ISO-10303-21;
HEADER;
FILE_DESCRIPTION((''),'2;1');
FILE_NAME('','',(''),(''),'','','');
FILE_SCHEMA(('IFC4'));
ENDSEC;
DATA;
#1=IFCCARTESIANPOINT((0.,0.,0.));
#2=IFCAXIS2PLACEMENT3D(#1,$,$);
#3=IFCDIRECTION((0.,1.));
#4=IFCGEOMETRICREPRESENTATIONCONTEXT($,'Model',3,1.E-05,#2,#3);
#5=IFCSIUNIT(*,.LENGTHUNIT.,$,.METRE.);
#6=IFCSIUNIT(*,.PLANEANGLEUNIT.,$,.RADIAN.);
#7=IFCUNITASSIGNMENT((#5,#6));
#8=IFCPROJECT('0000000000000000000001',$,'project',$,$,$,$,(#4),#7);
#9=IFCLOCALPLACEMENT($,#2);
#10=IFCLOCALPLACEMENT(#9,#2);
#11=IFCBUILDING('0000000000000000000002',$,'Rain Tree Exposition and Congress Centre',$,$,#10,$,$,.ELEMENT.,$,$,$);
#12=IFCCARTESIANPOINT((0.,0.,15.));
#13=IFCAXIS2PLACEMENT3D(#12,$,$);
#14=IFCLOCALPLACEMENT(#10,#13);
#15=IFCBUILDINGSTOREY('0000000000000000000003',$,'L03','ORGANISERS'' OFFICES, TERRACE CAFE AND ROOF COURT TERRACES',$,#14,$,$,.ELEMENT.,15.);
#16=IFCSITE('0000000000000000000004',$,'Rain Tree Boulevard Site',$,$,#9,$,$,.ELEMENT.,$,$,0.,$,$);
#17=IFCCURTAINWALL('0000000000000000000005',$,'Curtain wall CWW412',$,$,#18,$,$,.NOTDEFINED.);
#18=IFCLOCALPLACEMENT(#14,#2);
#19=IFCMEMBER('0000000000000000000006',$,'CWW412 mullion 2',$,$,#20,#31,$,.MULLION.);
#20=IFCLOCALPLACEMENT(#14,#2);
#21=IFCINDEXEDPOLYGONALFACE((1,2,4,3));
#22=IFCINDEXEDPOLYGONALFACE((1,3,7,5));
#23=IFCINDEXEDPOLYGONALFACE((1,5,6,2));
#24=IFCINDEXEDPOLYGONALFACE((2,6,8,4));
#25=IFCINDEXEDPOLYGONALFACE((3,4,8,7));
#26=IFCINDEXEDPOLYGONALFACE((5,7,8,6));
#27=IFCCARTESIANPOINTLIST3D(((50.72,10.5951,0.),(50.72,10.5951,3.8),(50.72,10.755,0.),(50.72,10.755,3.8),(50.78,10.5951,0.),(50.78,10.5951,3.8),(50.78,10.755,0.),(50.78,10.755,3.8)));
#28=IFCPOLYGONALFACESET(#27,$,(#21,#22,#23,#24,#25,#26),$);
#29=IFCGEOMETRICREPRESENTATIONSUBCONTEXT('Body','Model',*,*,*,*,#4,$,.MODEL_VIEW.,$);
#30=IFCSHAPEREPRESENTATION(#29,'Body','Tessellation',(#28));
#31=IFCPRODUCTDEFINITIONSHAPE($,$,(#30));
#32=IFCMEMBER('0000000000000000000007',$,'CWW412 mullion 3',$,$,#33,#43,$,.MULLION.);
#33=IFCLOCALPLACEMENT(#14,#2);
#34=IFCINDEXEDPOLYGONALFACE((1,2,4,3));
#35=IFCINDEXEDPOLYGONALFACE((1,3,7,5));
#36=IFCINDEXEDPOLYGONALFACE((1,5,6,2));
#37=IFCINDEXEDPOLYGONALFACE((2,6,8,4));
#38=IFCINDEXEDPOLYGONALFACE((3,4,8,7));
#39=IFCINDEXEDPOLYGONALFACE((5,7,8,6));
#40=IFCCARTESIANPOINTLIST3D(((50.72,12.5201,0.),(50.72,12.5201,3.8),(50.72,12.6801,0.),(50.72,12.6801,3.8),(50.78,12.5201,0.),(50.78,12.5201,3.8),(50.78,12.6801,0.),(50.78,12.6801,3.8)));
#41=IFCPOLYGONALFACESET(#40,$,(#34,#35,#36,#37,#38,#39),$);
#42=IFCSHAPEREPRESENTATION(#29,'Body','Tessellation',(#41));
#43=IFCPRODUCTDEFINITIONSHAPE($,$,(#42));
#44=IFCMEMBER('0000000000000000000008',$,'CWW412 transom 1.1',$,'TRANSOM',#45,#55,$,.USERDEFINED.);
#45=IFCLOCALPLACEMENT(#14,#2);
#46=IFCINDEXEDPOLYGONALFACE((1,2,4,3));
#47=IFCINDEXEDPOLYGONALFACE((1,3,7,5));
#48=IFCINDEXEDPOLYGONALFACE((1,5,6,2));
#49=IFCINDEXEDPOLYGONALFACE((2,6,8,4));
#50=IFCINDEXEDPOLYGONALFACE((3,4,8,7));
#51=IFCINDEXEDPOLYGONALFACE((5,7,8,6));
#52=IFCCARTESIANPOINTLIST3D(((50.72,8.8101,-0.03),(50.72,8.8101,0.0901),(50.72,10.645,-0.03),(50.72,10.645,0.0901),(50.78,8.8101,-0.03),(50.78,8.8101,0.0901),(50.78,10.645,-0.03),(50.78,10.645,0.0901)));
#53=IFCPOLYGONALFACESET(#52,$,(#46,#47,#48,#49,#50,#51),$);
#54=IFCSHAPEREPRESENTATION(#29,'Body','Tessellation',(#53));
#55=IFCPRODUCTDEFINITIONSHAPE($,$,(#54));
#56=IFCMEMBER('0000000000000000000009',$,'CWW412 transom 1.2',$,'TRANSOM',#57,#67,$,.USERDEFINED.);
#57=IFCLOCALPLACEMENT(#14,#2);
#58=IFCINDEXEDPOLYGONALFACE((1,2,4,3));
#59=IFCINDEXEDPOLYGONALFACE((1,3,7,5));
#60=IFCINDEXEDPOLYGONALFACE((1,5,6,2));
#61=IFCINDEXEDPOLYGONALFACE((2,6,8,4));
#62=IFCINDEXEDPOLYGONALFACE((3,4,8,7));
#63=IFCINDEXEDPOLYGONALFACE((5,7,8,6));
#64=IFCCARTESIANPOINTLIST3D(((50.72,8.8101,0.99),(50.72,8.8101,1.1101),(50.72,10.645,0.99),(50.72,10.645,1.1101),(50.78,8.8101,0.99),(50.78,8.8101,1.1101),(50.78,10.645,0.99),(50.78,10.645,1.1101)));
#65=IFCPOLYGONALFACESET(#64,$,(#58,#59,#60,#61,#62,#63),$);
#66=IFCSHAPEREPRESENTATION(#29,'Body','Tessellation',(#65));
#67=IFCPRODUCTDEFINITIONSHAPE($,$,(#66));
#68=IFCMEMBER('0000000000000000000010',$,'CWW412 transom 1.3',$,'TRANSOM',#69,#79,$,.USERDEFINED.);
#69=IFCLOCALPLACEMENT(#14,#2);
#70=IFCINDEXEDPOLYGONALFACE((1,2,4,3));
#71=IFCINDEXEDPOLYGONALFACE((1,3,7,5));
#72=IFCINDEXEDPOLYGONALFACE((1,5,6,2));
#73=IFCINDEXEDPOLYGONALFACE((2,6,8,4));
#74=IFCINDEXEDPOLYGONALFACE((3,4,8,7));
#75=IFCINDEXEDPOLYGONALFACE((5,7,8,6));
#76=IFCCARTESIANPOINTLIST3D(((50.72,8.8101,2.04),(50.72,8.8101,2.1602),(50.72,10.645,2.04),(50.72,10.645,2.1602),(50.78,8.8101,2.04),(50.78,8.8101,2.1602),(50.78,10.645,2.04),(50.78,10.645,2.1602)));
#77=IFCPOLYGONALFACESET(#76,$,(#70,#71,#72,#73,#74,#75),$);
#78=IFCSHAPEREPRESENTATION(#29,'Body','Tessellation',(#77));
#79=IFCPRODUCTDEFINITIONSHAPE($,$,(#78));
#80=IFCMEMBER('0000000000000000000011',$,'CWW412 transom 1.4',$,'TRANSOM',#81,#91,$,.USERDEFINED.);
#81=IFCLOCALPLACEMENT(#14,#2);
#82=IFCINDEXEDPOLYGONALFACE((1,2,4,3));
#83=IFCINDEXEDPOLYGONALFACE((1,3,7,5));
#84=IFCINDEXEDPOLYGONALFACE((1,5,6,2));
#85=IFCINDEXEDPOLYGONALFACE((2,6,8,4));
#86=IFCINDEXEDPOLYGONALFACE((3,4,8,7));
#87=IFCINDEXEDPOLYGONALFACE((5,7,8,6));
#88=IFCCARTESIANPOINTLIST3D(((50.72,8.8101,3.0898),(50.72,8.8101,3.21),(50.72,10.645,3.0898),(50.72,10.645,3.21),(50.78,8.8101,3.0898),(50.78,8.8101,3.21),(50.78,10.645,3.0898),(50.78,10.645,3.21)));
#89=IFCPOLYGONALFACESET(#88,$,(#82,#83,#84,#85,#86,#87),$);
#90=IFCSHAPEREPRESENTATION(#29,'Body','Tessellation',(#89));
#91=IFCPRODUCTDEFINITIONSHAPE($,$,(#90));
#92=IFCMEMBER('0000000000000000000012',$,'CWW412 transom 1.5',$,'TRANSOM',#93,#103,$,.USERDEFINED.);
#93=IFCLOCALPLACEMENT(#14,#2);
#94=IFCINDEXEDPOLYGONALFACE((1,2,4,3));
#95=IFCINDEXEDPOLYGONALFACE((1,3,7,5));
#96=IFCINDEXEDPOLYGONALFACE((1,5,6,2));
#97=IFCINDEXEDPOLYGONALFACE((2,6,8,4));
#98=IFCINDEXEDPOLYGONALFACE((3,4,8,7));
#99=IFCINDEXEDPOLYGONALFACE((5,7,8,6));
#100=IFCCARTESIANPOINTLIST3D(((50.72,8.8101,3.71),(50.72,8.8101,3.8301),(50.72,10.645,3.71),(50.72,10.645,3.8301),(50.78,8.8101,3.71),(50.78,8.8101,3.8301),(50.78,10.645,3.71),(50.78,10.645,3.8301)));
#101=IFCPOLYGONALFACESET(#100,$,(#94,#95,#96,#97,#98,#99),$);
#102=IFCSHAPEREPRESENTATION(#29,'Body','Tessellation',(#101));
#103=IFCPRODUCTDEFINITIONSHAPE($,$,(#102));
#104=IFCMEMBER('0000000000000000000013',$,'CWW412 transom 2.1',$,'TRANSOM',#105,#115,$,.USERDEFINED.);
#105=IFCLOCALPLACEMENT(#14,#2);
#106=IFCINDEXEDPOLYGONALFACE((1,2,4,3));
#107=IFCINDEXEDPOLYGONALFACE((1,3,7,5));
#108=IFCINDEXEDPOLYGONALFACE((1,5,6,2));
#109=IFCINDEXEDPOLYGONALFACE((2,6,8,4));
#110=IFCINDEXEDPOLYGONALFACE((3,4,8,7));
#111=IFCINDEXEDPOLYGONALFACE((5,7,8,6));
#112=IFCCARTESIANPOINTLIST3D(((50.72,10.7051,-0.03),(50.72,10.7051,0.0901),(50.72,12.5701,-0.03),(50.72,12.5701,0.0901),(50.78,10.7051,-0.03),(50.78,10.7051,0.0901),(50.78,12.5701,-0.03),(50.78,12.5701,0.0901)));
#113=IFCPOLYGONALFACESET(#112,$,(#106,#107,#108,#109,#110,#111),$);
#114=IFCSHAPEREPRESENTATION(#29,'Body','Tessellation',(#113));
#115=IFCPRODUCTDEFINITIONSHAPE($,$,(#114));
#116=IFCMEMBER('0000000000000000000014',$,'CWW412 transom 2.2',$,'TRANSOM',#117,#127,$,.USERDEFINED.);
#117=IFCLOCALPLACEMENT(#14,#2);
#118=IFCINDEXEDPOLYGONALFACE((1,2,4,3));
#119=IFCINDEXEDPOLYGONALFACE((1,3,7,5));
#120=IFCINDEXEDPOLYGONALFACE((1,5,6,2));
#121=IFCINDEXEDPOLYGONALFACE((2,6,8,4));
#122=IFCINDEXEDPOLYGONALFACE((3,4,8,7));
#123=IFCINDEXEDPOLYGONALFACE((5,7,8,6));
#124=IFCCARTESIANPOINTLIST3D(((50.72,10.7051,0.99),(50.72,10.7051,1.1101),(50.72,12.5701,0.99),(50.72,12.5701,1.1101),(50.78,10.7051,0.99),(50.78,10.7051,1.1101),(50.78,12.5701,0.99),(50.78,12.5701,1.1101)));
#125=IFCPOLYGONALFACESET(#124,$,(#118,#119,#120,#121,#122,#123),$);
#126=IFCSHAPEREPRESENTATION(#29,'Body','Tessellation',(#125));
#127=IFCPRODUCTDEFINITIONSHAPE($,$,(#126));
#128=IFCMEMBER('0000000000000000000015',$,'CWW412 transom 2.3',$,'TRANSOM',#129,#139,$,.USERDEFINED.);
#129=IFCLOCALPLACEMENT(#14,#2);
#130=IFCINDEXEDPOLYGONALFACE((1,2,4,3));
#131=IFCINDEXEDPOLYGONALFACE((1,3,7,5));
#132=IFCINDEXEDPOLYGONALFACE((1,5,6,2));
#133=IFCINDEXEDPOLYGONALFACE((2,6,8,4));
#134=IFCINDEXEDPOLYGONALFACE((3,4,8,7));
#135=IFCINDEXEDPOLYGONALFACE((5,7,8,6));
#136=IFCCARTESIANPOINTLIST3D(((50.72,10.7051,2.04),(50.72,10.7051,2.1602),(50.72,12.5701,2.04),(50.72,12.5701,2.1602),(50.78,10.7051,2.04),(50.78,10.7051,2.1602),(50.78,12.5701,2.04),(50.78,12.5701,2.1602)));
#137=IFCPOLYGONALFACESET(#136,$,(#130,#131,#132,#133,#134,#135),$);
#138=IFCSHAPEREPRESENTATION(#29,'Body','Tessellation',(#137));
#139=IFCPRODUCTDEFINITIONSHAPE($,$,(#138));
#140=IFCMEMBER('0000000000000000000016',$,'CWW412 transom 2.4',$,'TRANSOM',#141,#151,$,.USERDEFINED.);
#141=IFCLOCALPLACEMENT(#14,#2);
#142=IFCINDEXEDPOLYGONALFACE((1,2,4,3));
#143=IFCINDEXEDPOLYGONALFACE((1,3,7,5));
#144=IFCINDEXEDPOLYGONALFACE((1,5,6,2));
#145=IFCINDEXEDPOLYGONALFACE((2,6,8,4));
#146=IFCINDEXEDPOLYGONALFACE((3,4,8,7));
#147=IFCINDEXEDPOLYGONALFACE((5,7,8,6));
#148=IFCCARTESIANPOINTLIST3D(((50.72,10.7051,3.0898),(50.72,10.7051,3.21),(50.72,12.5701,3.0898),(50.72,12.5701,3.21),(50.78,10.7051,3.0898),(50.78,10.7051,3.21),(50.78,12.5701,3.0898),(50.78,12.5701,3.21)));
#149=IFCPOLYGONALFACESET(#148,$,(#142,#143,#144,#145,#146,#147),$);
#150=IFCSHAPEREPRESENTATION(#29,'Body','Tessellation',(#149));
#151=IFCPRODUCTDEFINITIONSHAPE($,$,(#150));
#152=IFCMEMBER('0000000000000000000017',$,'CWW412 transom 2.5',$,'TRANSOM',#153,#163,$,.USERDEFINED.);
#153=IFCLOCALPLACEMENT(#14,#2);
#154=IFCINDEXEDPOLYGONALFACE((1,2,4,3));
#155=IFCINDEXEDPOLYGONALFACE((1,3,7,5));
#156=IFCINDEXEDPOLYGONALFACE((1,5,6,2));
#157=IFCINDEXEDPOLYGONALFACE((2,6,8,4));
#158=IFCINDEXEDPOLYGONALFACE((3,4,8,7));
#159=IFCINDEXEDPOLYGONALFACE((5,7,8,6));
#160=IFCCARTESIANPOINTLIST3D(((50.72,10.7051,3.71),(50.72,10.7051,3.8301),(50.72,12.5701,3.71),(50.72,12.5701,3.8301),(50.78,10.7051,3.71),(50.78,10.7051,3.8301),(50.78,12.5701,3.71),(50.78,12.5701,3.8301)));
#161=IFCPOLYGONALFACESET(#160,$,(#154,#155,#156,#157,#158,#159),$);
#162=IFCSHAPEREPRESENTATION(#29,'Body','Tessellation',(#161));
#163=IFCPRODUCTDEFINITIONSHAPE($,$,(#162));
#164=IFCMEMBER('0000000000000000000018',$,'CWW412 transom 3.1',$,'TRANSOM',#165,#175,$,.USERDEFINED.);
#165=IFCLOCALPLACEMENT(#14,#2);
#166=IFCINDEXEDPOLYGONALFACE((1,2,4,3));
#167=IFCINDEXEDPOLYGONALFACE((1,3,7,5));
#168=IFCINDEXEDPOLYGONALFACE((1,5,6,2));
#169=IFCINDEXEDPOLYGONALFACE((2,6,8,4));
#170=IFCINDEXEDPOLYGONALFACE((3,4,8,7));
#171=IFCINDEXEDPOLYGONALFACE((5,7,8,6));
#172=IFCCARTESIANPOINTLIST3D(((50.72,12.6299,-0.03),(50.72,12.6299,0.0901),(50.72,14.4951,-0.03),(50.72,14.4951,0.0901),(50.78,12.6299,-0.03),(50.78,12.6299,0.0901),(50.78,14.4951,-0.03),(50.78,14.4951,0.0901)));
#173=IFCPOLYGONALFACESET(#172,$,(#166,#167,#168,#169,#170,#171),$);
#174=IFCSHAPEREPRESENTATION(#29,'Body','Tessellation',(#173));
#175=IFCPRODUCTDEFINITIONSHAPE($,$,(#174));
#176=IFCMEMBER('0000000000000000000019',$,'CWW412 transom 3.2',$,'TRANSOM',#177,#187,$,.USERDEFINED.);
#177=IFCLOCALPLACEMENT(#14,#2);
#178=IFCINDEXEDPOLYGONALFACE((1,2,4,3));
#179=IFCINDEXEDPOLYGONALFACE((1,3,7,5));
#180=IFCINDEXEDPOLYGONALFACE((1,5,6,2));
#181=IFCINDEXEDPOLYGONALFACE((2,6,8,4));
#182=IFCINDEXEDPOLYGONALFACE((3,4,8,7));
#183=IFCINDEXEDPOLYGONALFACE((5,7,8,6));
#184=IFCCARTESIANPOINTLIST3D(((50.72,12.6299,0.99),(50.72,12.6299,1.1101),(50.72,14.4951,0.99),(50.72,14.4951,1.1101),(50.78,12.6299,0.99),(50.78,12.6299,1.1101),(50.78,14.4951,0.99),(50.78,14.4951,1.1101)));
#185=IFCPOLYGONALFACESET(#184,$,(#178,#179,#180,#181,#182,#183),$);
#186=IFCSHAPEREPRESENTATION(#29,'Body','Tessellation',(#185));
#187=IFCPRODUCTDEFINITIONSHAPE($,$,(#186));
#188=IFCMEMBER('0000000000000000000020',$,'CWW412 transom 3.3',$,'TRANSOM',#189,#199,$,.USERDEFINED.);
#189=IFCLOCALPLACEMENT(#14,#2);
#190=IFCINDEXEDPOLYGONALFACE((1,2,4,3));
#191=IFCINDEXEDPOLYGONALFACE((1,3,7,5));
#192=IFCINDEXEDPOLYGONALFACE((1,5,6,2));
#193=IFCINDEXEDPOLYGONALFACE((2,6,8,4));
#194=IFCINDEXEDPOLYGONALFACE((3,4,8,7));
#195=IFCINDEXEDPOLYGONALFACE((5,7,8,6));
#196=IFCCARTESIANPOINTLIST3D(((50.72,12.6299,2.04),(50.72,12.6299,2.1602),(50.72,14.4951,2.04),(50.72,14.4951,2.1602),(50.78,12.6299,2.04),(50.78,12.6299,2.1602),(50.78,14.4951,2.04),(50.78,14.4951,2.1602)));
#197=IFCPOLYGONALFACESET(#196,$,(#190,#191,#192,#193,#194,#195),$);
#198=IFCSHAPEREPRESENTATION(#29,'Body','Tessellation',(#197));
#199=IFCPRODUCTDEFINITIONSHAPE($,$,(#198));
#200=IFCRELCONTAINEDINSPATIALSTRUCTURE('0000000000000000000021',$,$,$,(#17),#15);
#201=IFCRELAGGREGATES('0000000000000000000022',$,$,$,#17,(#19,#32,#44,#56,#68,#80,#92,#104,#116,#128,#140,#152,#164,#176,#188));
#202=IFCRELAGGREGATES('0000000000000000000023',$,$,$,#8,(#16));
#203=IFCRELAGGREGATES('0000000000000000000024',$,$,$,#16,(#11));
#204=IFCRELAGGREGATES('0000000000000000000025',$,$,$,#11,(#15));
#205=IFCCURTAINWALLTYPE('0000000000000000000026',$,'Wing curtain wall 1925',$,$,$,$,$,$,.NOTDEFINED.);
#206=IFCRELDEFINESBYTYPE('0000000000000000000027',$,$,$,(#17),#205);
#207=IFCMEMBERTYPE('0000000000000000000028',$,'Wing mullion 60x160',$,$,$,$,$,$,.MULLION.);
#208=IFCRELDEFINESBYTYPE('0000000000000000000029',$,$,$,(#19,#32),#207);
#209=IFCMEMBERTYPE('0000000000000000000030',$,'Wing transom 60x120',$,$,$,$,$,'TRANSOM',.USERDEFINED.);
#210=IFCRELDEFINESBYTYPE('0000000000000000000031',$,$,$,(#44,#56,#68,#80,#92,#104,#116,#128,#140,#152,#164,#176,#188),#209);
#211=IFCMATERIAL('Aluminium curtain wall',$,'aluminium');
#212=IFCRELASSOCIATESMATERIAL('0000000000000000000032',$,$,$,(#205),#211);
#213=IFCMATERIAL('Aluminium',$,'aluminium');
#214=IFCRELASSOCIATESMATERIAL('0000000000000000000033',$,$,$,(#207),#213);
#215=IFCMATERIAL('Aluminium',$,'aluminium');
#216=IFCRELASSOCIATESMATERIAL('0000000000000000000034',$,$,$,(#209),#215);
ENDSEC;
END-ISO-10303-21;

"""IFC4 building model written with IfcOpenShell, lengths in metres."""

from ifc_helpers import new_model, si_unit, direction, frame, origin, origin_2d, place, context, subcontext, project, spatial, rectangle, extrude, material, material_profile, profile_set, type_object, element, aggregate, save


model = new_model("IFC4")

# Units and contexts
model_context = context("Model", 3, precision=1e-05, world=origin(), true_north=direction((0.0, 1.0)))
body_context = subcontext(model_context, "Body", "Model", "MODEL_VIEW")
ifc_project = project(units=[si_unit("LENGTHUNIT", "METRE"), si_unit("PLANEANGLEUNIT", "RADIAN")], contexts=[model_context])

# Site, building, storey
site_placement = place(None, origin())
site = spatial("IfcSite", under=ifc_project, at=site_placement, Name="Rain Tree Boulevard Site", CompositionType="ELEMENT", RefElevation=0.0)
building_placement = place(site_placement, origin())
building = spatial("IfcBuilding", under=site, at=building_placement, Name="Rain Tree Exposition and Congress Centre", CompositionType="ELEMENT")
storey_placement = place(building_placement, frame((0.0, 0.0, 15.0)))
storey = spatial("IfcBuildingStorey", under=building, at=storey_placement, Name="L03", Description="ORGANISERS' OFFICES, TERRACE CAFE AND ROOF COURT TERRACES", CompositionType="ELEMENT", Elevation=15.0)

# Curtain wall, members
ifc_material_1 = material(Name="Aluminium curtain wall", Category="aluminium")
curtain_wall_type = type_object("IfcCurtainWallType", Name="Wing curtain wall 1925", PredefinedType="NOTDEFINED", material=ifc_material_1)
curtain_wall_placement = place(storey_placement, origin())
curtain_wall = element("IfcCurtainWall", 1, at=curtain_wall_placement, inside=storey, type_object=curtain_wall_type, Name="Curtain wall CWW412", PredefinedType="NOTDEFINED")
ifc_material_2 = material(Name="Aluminium", Category="aluminium")
ifc_material_profile_1 = material_profile(ifc_material_2, rectangle(XDim=0.0601, YDim=0.1599, at=origin_2d()), Name="Aluminium 60x160")
ifc_profile_set_1 = profile_set([ifc_material_profile_1], Name="Aluminium")
member_type_1 = type_object("IfcMemberType", Name="Wing mullion 60x160", PredefinedType="MULLION", material=ifc_profile_set_1)
member_1_placement = place(storey_placement, frame((50.75, 10.675, 0.0), z_axis=(0.0, 0.0, 1.0), x_axis=(-1.0, 0.0, 0.0)))
member_1 = element("IfcMember", 2, at=member_1_placement, type_object=member_type_1, Name="CWW412 mullion 2", PredefinedType="MULLION", context=body_context, shape_type="SweptSolid", body=[
    extrude(rectangle(XDim=0.0601, YDim=0.1599, at=origin_2d()), origin(), (0.0, 0.0, 1.0), 3.8),
])
member_2_placement = place(storey_placement, frame((50.75, 12.6001, 0.0), z_axis=(0.0, 0.0, 1.0), x_axis=(-1.0, 0.0, 0.0)))
member_2 = element("IfcMember", 3, at=member_2_placement, type_object=member_type_1, Name="CWW412 mullion 3", PredefinedType="MULLION", context=body_context, shape_type="SweptSolid", body=[
    extrude(rectangle(XDim=0.0601, YDim=0.1599, at=origin_2d()), origin(), (0.0, 0.0, 1.0), 3.8),
])
ifc_material_3 = material(Name="Aluminium", Category="aluminium")
ifc_material_profile_2 = material_profile(ifc_material_3, rectangle(XDim=0.0601, YDim=0.1201, at=origin_2d()), Name="Aluminium 60x120")
ifc_profile_set_2 = profile_set([ifc_material_profile_2], Name="Aluminium")
member_type_2 = type_object("IfcMemberType", Name="Wing transom 60x120", ElementType="TRANSOM", PredefinedType="USERDEFINED", material=ifc_profile_set_2)
member_3_placement = place(storey_placement, frame((50.75, 8.8101, 0.03), z_axis=(0.0, 1.0, 0.0), x_axis=(-1.0, 0.0, 0.0)))
member_3 = element("IfcMember", 4, at=member_3_placement, type_object=member_type_2, Name="CWW412 transom 1.1", ObjectType="TRANSOM", PredefinedType="USERDEFINED", context=body_context, shape_type="SweptSolid", body=[
    extrude(rectangle(XDim=0.0601, YDim=0.1201, at=origin_2d()), origin(), (0.0, 0.0, 1.0), 1.835),
])
member_4_placement = place(storey_placement, frame((50.75, 8.8101, 1.05), z_axis=(0.0, 1.0, 0.0), x_axis=(-1.0, 0.0, 0.0)))
member_4 = element("IfcMember", 5, at=member_4_placement, type_object=member_type_2, Name="CWW412 transom 1.2", ObjectType="TRANSOM", PredefinedType="USERDEFINED", context=body_context, shape_type="SweptSolid", body=[
    extrude(rectangle(XDim=0.0601, YDim=0.1201, at=origin_2d()), origin(), (0.0, 0.0, 1.0), 1.835),
])
member_5_placement = place(storey_placement, frame((50.75, 8.8101, 2.1001), z_axis=(0.0, 1.0, 0.0), x_axis=(-1.0, 0.0, 0.0)))
member_5 = element("IfcMember", 6, at=member_5_placement, type_object=member_type_2, Name="CWW412 transom 1.3", ObjectType="TRANSOM", PredefinedType="USERDEFINED", context=body_context, shape_type="SweptSolid", body=[
    extrude(rectangle(XDim=0.0601, YDim=0.1201, at=origin_2d()), origin(), (0.0, 0.0, 1.0), 1.835),
])
member_6_placement = place(storey_placement, frame((50.75, 8.8101, 3.1499), z_axis=(0.0, 1.0, 0.0), x_axis=(-1.0, 0.0, 0.0)))
member_6 = element("IfcMember", 7, at=member_6_placement, type_object=member_type_2, Name="CWW412 transom 1.4", ObjectType="TRANSOM", PredefinedType="USERDEFINED", context=body_context, shape_type="SweptSolid", body=[
    extrude(rectangle(XDim=0.0601, YDim=0.1201, at=origin_2d()), origin(), (0.0, 0.0, 1.0), 1.835),
])
member_7_placement = place(storey_placement, frame((50.75, 8.8101, 3.77), z_axis=(0.0, 1.0, 0.0), x_axis=(-1.0, 0.0, 0.0)))
member_7 = element("IfcMember", 8, at=member_7_placement, type_object=member_type_2, Name="CWW412 transom 1.5", ObjectType="TRANSOM", PredefinedType="USERDEFINED", context=body_context, shape_type="SweptSolid", body=[
    extrude(rectangle(XDim=0.0601, YDim=0.1201, at=origin_2d()), origin(), (0.0, 0.0, 1.0), 1.835),
])
member_8_placement = place(storey_placement, frame((50.75, 10.7051, 0.03), z_axis=(0.0, 1.0, 0.0), x_axis=(-1.0, 0.0, 0.0)))
member_8 = element("IfcMember", 9, at=member_8_placement, type_object=member_type_2, Name="CWW412 transom 2.1", ObjectType="TRANSOM", PredefinedType="USERDEFINED", context=body_context, shape_type="SweptSolid", body=[
    extrude(rectangle(XDim=0.0601, YDim=0.1201, at=origin_2d()), origin(), (0.0, 0.0, 1.0), 1.865),
])
member_9_placement = place(storey_placement, frame((50.75, 10.7051, 1.05), z_axis=(0.0, 1.0, 0.0), x_axis=(-1.0, 0.0, 0.0)))
member_9 = element("IfcMember", 10, at=member_9_placement, type_object=member_type_2, Name="CWW412 transom 2.2", ObjectType="TRANSOM", PredefinedType="USERDEFINED", context=body_context, shape_type="SweptSolid", body=[
    extrude(rectangle(XDim=0.0601, YDim=0.1201, at=origin_2d()), origin(), (0.0, 0.0, 1.0), 1.865),
])
member_10_placement = place(storey_placement, frame((50.75, 10.7051, 2.1001), z_axis=(0.0, 1.0, 0.0), x_axis=(-1.0, 0.0, 0.0)))
member_10 = element("IfcMember", 11, at=member_10_placement, type_object=member_type_2, Name="CWW412 transom 2.3", ObjectType="TRANSOM", PredefinedType="USERDEFINED", context=body_context, shape_type="SweptSolid", body=[
    extrude(rectangle(XDim=0.0601, YDim=0.1201, at=origin_2d()), origin(), (0.0, 0.0, 1.0), 1.865),
])
member_11_placement = place(storey_placement, frame((50.75, 10.7051, 3.1499), z_axis=(0.0, 1.0, 0.0), x_axis=(-1.0, 0.0, 0.0)))
member_11 = element("IfcMember", 12, at=member_11_placement, type_object=member_type_2, Name="CWW412 transom 2.4", ObjectType="TRANSOM", PredefinedType="USERDEFINED", context=body_context, shape_type="SweptSolid", body=[
    extrude(rectangle(XDim=0.0601, YDim=0.1201, at=origin_2d()), origin(), (0.0, 0.0, 1.0), 1.865),
])
member_12_placement = place(storey_placement, frame((50.75, 10.7051, 3.77), z_axis=(0.0, 1.0, 0.0), x_axis=(-1.0, 0.0, 0.0)))
member_12 = element("IfcMember", 13, at=member_12_placement, type_object=member_type_2, Name="CWW412 transom 2.5", ObjectType="TRANSOM", PredefinedType="USERDEFINED", context=body_context, shape_type="SweptSolid", body=[
    extrude(rectangle(XDim=0.0601, YDim=0.1201, at=origin_2d()), origin(), (0.0, 0.0, 1.0), 1.865),
])
member_13_placement = place(storey_placement, frame((50.75, 12.6299, 0.03), z_axis=(0.0, 1.0, 0.0), x_axis=(-1.0, 0.0, 0.0)))
member_13 = element("IfcMember", 14, at=member_13_placement, type_object=member_type_2, Name="CWW412 transom 3.1", ObjectType="TRANSOM", PredefinedType="USERDEFINED", context=body_context, shape_type="SweptSolid", body=[
    extrude(rectangle(XDim=0.0601, YDim=0.1201, at=origin_2d()), origin(), (0.0, 0.0, 1.0), 1.8652),
])
member_14_placement = place(storey_placement, frame((50.75, 12.6299, 1.05), z_axis=(0.0, 1.0, 0.0), x_axis=(-1.0, 0.0, 0.0)))
member_14 = element("IfcMember", 15, at=member_14_placement, type_object=member_type_2, Name="CWW412 transom 3.2", ObjectType="TRANSOM", PredefinedType="USERDEFINED", context=body_context, shape_type="SweptSolid", body=[
    extrude(rectangle(XDim=0.0601, YDim=0.1201, at=origin_2d()), origin(), (0.0, 0.0, 1.0), 1.8652),
])
member_15_placement = place(storey_placement, frame((50.75, 12.6299, 2.1001), z_axis=(0.0, 1.0, 0.0), x_axis=(-1.0, 0.0, 0.0)))
member_15 = element("IfcMember", 16, at=member_15_placement, type_object=member_type_2, Name="CWW412 transom 3.3", ObjectType="TRANSOM", PredefinedType="USERDEFINED", context=body_context, shape_type="SweptSolid", body=[
    extrude(rectangle(XDim=0.0601, YDim=0.1201, at=origin_2d()), origin(), (0.0, 0.0, 1.0), 1.8652),
])
aggregate(curtain_wall, [member_1, member_2, member_3, member_4, member_5, member_6, member_7, member_8, member_9, member_10, member_11, member_12, member_13, member_14, member_15])

save(model, "model.ifc")
